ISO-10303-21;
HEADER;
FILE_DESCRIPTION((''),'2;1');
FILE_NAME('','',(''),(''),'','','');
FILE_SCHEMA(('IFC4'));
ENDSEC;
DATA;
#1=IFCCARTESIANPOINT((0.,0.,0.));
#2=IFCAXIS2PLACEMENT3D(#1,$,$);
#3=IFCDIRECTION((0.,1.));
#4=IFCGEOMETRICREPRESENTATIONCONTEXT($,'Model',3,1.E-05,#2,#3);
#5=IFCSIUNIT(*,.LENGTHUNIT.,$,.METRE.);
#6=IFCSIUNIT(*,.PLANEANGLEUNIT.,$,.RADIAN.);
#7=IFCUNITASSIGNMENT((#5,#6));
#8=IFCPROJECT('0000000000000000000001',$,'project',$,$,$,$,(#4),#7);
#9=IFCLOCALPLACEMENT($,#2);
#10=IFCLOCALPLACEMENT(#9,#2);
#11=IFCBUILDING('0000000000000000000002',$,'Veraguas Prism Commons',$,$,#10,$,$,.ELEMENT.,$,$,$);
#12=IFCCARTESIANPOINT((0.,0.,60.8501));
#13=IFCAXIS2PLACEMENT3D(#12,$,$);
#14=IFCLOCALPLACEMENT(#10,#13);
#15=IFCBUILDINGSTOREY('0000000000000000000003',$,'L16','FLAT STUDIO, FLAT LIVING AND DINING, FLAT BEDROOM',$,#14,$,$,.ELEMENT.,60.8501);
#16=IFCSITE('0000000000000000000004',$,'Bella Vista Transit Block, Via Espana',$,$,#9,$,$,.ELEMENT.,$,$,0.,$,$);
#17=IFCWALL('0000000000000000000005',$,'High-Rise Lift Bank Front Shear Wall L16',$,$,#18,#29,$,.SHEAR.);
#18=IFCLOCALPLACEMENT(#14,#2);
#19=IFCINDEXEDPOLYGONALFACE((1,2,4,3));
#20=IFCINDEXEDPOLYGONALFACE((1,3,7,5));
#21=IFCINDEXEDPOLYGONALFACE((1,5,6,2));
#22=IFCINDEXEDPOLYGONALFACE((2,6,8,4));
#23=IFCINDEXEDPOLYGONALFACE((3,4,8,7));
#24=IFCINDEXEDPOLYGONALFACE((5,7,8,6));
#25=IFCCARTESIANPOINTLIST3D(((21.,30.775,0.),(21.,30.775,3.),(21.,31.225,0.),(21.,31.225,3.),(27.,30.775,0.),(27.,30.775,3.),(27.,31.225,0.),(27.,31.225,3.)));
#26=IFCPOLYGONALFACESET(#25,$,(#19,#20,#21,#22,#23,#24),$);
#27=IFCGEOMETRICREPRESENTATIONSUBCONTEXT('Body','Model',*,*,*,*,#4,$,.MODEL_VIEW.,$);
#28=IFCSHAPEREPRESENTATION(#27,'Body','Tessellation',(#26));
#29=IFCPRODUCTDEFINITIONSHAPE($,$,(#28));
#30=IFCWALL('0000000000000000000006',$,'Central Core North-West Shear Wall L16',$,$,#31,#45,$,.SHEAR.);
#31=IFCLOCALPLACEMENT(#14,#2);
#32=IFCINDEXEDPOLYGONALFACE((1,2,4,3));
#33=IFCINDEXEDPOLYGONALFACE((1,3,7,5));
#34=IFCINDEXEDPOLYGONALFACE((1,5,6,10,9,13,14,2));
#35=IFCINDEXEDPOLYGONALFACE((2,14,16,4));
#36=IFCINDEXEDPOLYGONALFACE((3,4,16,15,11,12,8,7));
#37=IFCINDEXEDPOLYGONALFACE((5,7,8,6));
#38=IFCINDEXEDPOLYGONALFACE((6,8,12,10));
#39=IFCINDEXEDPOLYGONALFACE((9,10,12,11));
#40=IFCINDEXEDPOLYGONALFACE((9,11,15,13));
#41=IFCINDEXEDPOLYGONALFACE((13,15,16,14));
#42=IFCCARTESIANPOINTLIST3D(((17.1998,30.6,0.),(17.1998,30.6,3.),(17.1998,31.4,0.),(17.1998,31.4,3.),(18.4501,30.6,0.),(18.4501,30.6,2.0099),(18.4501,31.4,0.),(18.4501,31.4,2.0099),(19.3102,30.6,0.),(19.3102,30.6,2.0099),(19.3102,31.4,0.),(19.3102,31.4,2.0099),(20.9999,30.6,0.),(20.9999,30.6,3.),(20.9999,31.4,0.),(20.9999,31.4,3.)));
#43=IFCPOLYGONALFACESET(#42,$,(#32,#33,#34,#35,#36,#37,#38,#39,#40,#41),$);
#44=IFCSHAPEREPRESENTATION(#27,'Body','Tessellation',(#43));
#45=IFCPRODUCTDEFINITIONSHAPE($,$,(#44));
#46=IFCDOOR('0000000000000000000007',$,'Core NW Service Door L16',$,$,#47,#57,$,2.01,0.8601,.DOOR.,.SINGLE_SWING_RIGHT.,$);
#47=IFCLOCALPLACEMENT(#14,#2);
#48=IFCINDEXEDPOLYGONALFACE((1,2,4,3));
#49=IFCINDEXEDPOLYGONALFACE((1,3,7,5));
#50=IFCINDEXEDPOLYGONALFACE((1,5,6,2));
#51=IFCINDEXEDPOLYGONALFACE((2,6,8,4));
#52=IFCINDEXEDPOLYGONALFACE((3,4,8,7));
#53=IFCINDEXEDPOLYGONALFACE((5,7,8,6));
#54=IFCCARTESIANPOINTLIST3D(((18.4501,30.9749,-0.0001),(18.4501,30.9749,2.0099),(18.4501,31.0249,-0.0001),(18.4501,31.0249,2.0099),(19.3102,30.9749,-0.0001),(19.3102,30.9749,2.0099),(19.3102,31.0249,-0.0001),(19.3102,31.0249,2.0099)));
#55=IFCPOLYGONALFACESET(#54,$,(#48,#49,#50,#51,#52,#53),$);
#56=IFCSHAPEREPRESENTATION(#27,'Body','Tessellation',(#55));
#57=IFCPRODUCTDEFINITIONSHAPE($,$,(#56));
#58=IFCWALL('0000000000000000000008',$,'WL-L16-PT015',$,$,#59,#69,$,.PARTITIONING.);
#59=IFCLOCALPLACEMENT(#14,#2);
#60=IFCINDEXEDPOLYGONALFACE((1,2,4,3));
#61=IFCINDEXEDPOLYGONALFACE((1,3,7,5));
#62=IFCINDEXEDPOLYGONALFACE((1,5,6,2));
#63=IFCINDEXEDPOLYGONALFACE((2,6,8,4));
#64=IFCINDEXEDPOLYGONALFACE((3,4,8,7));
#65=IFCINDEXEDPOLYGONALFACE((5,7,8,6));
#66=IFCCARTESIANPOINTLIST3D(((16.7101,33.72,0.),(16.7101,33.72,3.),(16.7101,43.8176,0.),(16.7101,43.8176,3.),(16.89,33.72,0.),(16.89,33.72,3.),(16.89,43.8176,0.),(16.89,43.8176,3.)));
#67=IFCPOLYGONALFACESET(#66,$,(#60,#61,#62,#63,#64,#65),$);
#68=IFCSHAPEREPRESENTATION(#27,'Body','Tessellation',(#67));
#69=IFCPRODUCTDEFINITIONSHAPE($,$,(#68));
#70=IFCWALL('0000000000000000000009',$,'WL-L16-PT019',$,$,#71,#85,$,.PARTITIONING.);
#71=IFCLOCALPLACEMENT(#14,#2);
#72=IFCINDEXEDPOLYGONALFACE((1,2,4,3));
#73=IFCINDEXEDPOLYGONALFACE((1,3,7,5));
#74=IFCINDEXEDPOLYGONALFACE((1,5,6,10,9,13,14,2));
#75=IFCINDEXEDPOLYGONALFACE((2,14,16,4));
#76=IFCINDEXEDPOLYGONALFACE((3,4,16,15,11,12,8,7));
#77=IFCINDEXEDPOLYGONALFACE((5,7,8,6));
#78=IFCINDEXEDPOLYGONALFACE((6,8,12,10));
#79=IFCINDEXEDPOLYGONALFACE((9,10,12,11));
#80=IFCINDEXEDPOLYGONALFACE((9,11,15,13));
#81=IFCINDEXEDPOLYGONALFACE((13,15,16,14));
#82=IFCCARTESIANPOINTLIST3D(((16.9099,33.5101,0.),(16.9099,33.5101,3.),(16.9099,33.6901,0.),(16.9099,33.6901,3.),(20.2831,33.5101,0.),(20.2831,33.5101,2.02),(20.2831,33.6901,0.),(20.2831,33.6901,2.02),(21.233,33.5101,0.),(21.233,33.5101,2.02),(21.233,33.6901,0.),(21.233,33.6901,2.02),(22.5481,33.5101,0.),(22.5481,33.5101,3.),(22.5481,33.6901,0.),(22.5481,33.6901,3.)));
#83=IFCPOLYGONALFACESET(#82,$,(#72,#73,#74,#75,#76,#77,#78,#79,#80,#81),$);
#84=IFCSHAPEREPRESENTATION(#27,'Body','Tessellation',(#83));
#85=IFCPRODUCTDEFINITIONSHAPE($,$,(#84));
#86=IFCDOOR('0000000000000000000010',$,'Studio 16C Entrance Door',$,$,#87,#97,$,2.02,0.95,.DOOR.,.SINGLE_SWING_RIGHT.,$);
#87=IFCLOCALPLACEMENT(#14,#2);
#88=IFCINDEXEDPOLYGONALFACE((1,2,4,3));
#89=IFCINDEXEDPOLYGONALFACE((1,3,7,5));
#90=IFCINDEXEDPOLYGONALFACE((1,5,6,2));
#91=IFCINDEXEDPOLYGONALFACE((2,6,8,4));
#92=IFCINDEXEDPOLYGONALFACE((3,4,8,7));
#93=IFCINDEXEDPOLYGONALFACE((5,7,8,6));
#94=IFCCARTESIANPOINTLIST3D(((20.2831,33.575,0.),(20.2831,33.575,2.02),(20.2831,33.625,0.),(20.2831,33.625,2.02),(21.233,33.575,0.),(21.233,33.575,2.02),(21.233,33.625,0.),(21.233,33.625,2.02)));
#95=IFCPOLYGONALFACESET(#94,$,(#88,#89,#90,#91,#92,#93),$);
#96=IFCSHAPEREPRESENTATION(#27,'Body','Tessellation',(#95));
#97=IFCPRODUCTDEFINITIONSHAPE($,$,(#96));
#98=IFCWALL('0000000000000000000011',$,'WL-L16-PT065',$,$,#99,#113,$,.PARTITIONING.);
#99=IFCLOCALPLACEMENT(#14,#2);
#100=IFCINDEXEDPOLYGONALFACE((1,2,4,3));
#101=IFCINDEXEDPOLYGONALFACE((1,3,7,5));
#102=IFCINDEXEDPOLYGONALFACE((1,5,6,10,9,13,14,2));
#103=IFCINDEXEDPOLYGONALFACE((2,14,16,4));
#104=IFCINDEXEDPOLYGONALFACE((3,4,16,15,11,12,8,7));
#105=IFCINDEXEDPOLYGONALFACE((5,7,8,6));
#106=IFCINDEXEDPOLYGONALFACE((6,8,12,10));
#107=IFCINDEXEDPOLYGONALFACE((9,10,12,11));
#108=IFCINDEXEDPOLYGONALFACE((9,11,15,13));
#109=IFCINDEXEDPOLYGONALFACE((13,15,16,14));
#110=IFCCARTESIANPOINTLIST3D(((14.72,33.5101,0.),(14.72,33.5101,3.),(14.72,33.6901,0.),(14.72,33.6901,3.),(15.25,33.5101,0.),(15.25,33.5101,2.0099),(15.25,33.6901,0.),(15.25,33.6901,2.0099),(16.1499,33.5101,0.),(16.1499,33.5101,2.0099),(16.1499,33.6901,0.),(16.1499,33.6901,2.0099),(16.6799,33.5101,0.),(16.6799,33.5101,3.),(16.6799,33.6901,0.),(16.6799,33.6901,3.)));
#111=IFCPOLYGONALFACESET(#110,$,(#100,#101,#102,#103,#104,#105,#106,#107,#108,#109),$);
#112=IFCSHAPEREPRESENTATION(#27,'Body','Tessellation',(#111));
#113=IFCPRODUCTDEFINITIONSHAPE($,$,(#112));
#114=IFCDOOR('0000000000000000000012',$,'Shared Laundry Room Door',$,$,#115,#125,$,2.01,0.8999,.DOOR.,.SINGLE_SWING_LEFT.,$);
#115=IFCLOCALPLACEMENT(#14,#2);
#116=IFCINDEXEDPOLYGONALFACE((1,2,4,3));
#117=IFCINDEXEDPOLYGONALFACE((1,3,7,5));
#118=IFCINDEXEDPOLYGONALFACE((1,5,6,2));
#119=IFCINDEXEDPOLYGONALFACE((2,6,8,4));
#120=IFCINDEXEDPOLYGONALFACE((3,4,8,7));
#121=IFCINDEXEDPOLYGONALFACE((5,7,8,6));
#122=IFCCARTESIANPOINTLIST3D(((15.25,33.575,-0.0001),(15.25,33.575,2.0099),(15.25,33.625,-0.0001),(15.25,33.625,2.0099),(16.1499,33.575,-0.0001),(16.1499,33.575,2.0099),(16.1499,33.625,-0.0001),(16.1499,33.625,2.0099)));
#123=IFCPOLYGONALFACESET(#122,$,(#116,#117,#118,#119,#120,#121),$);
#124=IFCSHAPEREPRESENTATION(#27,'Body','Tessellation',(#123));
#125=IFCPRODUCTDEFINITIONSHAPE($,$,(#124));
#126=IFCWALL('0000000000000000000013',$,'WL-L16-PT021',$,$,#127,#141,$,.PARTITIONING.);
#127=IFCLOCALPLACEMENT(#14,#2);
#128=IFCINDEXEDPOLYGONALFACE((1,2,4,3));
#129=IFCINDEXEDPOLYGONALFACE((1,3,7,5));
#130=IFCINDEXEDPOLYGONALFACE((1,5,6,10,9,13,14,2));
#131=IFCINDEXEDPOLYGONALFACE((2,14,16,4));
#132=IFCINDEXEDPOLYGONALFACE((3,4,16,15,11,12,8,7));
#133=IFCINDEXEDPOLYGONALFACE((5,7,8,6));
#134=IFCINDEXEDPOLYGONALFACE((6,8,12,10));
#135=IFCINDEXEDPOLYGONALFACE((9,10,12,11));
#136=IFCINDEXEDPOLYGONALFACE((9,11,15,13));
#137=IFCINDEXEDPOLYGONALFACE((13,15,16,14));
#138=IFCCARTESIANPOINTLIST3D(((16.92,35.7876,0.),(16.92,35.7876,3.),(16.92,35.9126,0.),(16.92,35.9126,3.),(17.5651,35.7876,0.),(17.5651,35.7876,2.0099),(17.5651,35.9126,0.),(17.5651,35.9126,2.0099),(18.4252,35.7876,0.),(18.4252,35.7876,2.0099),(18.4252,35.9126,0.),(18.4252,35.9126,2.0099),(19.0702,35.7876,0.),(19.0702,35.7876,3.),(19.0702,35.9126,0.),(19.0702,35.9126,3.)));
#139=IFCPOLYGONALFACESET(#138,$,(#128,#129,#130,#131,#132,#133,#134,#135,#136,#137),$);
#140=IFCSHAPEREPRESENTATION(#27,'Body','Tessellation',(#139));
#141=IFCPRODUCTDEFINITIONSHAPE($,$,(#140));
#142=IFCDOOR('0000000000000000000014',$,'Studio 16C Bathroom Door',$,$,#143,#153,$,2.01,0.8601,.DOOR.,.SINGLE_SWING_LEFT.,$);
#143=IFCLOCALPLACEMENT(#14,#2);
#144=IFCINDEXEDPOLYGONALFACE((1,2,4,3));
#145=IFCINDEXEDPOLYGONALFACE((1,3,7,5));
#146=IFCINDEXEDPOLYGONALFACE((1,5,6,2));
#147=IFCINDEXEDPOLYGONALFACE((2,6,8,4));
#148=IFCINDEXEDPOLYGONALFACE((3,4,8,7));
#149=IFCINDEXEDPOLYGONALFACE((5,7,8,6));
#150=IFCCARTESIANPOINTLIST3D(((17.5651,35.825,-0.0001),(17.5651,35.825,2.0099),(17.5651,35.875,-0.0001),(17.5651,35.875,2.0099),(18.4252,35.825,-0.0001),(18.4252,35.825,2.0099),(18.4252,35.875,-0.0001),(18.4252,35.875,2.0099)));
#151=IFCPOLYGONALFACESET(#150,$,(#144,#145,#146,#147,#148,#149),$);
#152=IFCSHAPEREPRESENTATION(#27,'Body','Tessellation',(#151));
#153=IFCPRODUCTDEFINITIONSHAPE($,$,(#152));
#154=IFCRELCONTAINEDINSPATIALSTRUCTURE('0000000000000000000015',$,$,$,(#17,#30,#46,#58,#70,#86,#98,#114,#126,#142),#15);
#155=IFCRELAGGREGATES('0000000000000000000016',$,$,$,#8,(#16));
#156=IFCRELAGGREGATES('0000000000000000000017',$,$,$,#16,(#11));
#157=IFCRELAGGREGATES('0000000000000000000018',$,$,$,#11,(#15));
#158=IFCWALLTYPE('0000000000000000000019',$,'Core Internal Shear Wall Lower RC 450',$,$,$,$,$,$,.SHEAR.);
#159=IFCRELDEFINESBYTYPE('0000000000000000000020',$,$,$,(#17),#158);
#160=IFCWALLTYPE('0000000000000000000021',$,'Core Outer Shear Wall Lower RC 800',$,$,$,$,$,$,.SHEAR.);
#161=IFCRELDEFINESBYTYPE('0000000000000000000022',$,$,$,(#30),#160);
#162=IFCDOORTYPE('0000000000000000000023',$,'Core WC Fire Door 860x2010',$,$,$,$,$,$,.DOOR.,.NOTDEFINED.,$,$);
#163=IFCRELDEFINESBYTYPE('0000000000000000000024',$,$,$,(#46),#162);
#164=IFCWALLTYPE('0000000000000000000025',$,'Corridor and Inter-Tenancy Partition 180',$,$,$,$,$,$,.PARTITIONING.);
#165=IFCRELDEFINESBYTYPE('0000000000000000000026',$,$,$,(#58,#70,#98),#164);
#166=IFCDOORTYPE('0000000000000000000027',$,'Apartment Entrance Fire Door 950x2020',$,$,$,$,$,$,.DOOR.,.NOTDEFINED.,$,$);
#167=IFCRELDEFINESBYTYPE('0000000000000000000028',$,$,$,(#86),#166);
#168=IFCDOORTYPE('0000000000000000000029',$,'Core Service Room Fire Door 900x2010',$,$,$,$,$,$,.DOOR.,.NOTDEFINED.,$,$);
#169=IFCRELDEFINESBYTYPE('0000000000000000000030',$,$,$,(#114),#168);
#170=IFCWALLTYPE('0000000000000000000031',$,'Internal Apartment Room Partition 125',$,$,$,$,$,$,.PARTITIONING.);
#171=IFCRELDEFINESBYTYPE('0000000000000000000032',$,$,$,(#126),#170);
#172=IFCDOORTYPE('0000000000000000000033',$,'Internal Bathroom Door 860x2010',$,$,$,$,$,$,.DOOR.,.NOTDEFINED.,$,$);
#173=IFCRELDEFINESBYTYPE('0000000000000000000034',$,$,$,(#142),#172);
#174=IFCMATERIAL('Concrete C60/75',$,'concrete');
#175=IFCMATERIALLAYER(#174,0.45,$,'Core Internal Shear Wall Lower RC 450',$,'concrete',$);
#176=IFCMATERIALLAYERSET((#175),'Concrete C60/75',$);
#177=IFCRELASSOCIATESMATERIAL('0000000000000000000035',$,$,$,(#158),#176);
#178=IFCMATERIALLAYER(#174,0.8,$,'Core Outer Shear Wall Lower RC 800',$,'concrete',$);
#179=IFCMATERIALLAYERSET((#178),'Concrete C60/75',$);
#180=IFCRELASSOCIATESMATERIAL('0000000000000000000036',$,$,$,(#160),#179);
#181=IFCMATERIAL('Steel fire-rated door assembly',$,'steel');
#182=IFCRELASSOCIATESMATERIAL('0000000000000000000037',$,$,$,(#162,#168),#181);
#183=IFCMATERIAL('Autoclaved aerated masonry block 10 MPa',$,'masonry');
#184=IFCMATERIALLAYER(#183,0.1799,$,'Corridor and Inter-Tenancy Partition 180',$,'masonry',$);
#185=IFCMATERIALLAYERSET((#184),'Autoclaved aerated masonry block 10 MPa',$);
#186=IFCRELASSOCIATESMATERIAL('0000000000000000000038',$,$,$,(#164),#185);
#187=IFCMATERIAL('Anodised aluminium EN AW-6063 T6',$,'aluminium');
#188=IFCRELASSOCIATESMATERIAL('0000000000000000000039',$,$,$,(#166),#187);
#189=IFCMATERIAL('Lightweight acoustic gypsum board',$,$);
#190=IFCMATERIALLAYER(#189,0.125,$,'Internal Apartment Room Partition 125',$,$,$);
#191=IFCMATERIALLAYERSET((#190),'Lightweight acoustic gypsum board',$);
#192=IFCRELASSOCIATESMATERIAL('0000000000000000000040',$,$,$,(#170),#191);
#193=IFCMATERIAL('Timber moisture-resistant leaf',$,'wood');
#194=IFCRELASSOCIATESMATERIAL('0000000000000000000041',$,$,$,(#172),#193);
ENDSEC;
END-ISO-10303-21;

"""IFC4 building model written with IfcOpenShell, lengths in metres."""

from ifc_helpers import new_model, si_unit, direction, frame, frame_2d, origin, place, context, subcontext, project, spatial, rectangle, extrude, source, transform, mapped, material, layer, layer_set, type_object, element, fill, save


model = new_model("IFC4")

# Units and contexts
model_context = context("Model", 3, precision=1e-05, world=origin(), true_north=direction((0.0, 1.0)))
body_context = subcontext(model_context, "Body", "Model", "MODEL_VIEW")
ifc_project = project(units=[si_unit("LENGTHUNIT", "METRE"), si_unit("PLANEANGLEUNIT", "RADIAN")], contexts=[model_context])

# Site, building, storey
site_placement = place(None, origin())
site = spatial("IfcSite", under=ifc_project, at=site_placement, Name="Bella Vista Transit Block, Via Espana", CompositionType="ELEMENT", RefElevation=0.0)
building_placement = place(site_placement, origin())
building = spatial("IfcBuilding", under=site, at=building_placement, Name="Veraguas Prism Commons", CompositionType="ELEMENT")
storey_placement = place(building_placement, frame((0.0, 0.0, 60.8501)))
storey = spatial("IfcBuildingStorey", under=building, at=storey_placement, Name="L16", Description="FLAT STUDIO, FLAT LIVING AND DINING, FLAT BEDROOM", CompositionType="ELEMENT", Elevation=60.8501)

# Shared definitions
ifc_material_1 = material(Name="Concrete C60/75", Category="concrete")

# Shared definitions
ifc_material_2 = material(Name="Anodised aluminium EN AW-6063 T6", Category="aluminium")

# Wall
ifc_layer_1 = layer(ifc_material_1, 0.45, Name="Core Internal Shear Wall Lower RC 450", Category="concrete")
ifc_layer_set_1 = layer_set([ifc_layer_1], Name="Concrete C60/75")
wall_type_1 = type_object("IfcWallType", Name="Core Internal Shear Wall Lower RC 450", PredefinedType="SHEAR", material=ifc_layer_set_1)
wall_1_placement = place(storey_placement, frame((21.0, 31.0, 0.0), z_axis=(0.0, 0.0, 1.0), x_axis=(1.0, 0.0, 0.0)))
element("IfcWall", 1, at=wall_1_placement, inside=storey, type_object=wall_type_1, Name="High-Rise Lift Bank Front Shear Wall L16", PredefinedType="SHEAR", context=body_context, shape_type="SweptSolid", body=[
    extrude(rectangle(XDim=6.0, YDim=0.45, at=frame_2d((3.0, 0.0))), origin(), (0.0, 0.0, 1.0), 3.0),
])

# Wall, opening, door
ifc_layer_2 = layer(ifc_material_1, 0.8, Name="Core Outer Shear Wall Lower RC 800", Category="concrete")
ifc_layer_set_2 = layer_set([ifc_layer_2], Name="Concrete C60/75")
wall_type_2 = type_object("IfcWallType", Name="Core Outer Shear Wall Lower RC 800", PredefinedType="SHEAR", material=ifc_layer_set_2)
wall_2_placement = place(storey_placement, frame((17.2, 31.0, 0.0), z_axis=(0.0, 0.0, 1.0), x_axis=(1.0, 0.0, 0.0)))
wall_2 = element("IfcWall", 2, at=wall_2_placement, inside=storey, type_object=wall_type_2, Name="Central Core North-West Shear Wall L16", PredefinedType="SHEAR", context=body_context, shape_type="SweptSolid", body=[
    extrude(rectangle(XDim=3.8, YDim=0.8, at=frame_2d((1.8999, 0.0))), origin(), (0.0, 0.0, 1.0), 3.0),
])
opening_1_placement = place(wall_2_placement, frame((1.25, 0.0, 0.0)))
opening_1 = element("IfcOpeningElement", 3, at=opening_1_placement, cuts=wall_2, PredefinedType="OPENING", context=body_context, shape_type="SweptSolid", body=[
    extrude(rectangle(XDim=0.8601, YDim=2.01, at=frame_2d((0.4302, 1.0049))), frame((0.0, 0.4099, 0.0), z_axis=(0.0, -1.0, 0.0), x_axis=(1.0, 0.0, 0.0)), (0.0, 0.0, 1.0), 0.8201),
])
ifc_material_3 = material(Name="Steel fire-rated door assembly", Category="steel")
door_type_1 = type_object("IfcDoorType", Name="Core WC Fire Door 860x2010", OperationType="NOTDEFINED", PredefinedType="DOOR", material=ifc_material_3)
shared_shape_1 = source(origin(), body_context, "Body", "SweptSolid", [
    extrude(rectangle(XDim=0.8601, YDim=2.01, at=frame_2d((0.4302, 1.0049))), frame((0.0, 0.0249, 0.0), z_axis=(0.0, -1.0, 0.0), x_axis=(1.0, 0.0, 0.0)), (0.0, 0.0, 1.0), 0.05),
])
door_1_placement = place(opening_1_placement, origin())
door_1 = element("IfcDoor", 4, at=door_1_placement, inside=storey, type_object=door_type_1, Name="Core NW Service Door L16", OperationType="SINGLE_SWING_RIGHT", OverallHeight=2.01, OverallWidth=0.8601, PredefinedType="DOOR", context=body_context, shape_type="MappedRepresentation", body=[
    mapped(shared_shape_1, transform((0.0, 0.0, 0.0), scale=1.0)),
])
fill(opening_1, door_1)

# Wall
ifc_material_4 = material(Name="Autoclaved aerated masonry block 10 MPa", Category="masonry")
ifc_layer_3 = layer(ifc_material_4, 0.1799, Name="Corridor and Inter-Tenancy Partition 180", Category="masonry")
ifc_layer_set_3 = layer_set([ifc_layer_3], Name="Autoclaved aerated masonry block 10 MPa")
wall_type_3 = type_object("IfcWallType", Name="Corridor and Inter-Tenancy Partition 180", PredefinedType="PARTITIONING", material=ifc_layer_set_3)
wall_3_placement = place(storey_placement, frame((16.8, 33.72, 0.0), z_axis=(0.0, 0.0, 1.0), x_axis=(0.0, 1.0, 0.0)))
element("IfcWall", 5, at=wall_3_placement, inside=storey, type_object=wall_type_3, Name="WL-L16-PT015", PredefinedType="PARTITIONING", context=body_context, shape_type="SweptSolid", body=[
    extrude(rectangle(XDim=10.0977, YDim=0.1799, at=frame_2d((5.0488, 0.0))), origin(), (0.0, 0.0, 1.0), 3.0),
])

# Walls, openings, doors
wall_4_placement = place(storey_placement, frame((16.9099, 33.6001, 0.0), z_axis=(0.0, 0.0, 1.0), x_axis=(1.0, 0.0, 0.0)))
wall_4 = element("IfcWall", 6, at=wall_4_placement, inside=storey, type_object=wall_type_3, Name="WL-L16-PT019", PredefinedType="PARTITIONING", context=body_context, shape_type="SweptSolid", body=[
    extrude(rectangle(XDim=5.6382, YDim=0.1799, at=frame_2d((2.8191, 0.0))), origin(), (0.0, 0.0, 1.0), 3.0),
])
opening_2_placement = place(wall_4_placement, frame((3.373, 0.0, 0.0)))
opening_2 = element("IfcOpeningElement", 7, at=opening_2_placement, cuts=wall_4, PredefinedType="OPENING", context=body_context, shape_type="SweptSolid", body=[
    extrude(rectangle(XDim=0.95, YDim=2.02, at=frame_2d((0.4751, 1.01))), frame((0.0, 0.0999, 0.0), z_axis=(0.0, -1.0, 0.0), x_axis=(1.0, 0.0, 0.0)), (0.0, 0.0, 1.0), 0.2),
])
door_type_2 = type_object("IfcDoorType", Name="Apartment Entrance Fire Door 950x2020", OperationType="NOTDEFINED", PredefinedType="DOOR", material=ifc_material_2)
shared_shape_2 = source(origin(), body_context, "Body", "SweptSolid", [
    extrude(rectangle(XDim=0.95, YDim=2.02, at=frame_2d((0.4751, 1.01))), frame((0.0, 0.0249, 0.0), z_axis=(0.0, -1.0, 0.0), x_axis=(1.0, 0.0, 0.0)), (0.0, 0.0, 1.0), 0.05),
])
door_2_placement = place(opening_2_placement, origin())
door_2 = element("IfcDoor", 8, at=door_2_placement, inside=storey, type_object=door_type_2, Name="Studio 16C Entrance Door", OperationType="SINGLE_SWING_RIGHT", OverallHeight=2.02, OverallWidth=0.95, PredefinedType="DOOR", context=body_context, shape_type="MappedRepresentation", body=[
    mapped(shared_shape_2, transform((0.0, 0.0, 0.0), scale=1.0)),
])
fill(opening_2, door_2)
wall_5_placement = place(storey_placement, frame((14.72, 33.6001, 0.0), z_axis=(0.0, 0.0, 1.0), x_axis=(1.0, 0.0, 0.0)))
wall_5 = element("IfcWall", 9, at=wall_5_placement, inside=storey, type_object=wall_type_3, Name="WL-L16-PT065", PredefinedType="PARTITIONING", context=body_context, shape_type="SweptSolid", body=[
    extrude(rectangle(XDim=1.96, YDim=0.1799, at=frame_2d((0.98, 0.0))), origin(), (0.0, 0.0, 1.0), 3.0),
])
opening_3_placement = place(wall_5_placement, frame((0.53, 0.0, 0.0)))
opening_3 = element("IfcOpeningElement", 10, at=opening_3_placement, cuts=wall_5, PredefinedType="OPENING", context=body_context, shape_type="SweptSolid", body=[
    extrude(rectangle(XDim=0.8999, YDim=2.01, at=frame_2d((0.45, 1.0049))), frame((0.0, 0.0999, 0.0), z_axis=(0.0, -1.0, 0.0), x_axis=(1.0, 0.0, 0.0)), (0.0, 0.0, 1.0), 0.2),
])
door_type_3 = type_object("IfcDoorType", Name="Core Service Room Fire Door 900x2010", OperationType="NOTDEFINED", PredefinedType="DOOR", material=ifc_material_3)
shared_shape_3 = source(origin(), body_context, "Body", "SweptSolid", [
    extrude(rectangle(XDim=0.8999, YDim=2.01, at=frame_2d((0.45, 1.0049))), frame((0.0, 0.0249, 0.0), z_axis=(0.0, -1.0, 0.0), x_axis=(1.0, 0.0, 0.0)), (0.0, 0.0, 1.0), 0.05),
])
door_3_placement = place(opening_3_placement, origin())
door_3 = element("IfcDoor", 11, at=door_3_placement, inside=storey, type_object=door_type_3, Name="Shared Laundry Room Door", OperationType="SINGLE_SWING_LEFT", OverallHeight=2.01, OverallWidth=0.8999, PredefinedType="DOOR", context=body_context, shape_type="MappedRepresentation", body=[
    mapped(shared_shape_3, transform((0.0, 0.0, 0.0), scale=1.0)),
])
fill(opening_3, door_3)
ifc_material_5 = material(Name="Lightweight acoustic gypsum board")
ifc_layer_4 = layer(ifc_material_5, 0.125, Name="Internal Apartment Room Partition 125")
ifc_layer_set_4 = layer_set([ifc_layer_4], Name="Lightweight acoustic gypsum board")
wall_type_4 = type_object("IfcWallType", Name="Internal Apartment Room Partition 125", PredefinedType="PARTITIONING", material=ifc_layer_set_4)
wall_6_placement = place(storey_placement, frame((16.9199, 35.8501, 0.0), z_axis=(0.0, 0.0, 1.0), x_axis=(1.0, 0.0, 0.0)))
wall_6 = element("IfcWall", 12, at=wall_6_placement, inside=storey, type_object=wall_type_4, Name="WL-L16-PT021", PredefinedType="PARTITIONING", context=body_context, shape_type="SweptSolid", body=[
    extrude(rectangle(XDim=2.1501, YDim=0.125, at=frame_2d((1.0752, 0.0))), origin(), (0.0, 0.0, 1.0), 3.0),
])
opening_4_placement = place(wall_6_placement, frame((0.645, 0.0, 0.0)))
opening_4 = element("IfcOpeningElement", 13, at=opening_4_placement, cuts=wall_6, PredefinedType="OPENING", context=body_context, shape_type="SweptSolid", body=[
    extrude(rectangle(XDim=0.8601, YDim=2.01, at=frame_2d((0.4302, 1.0049))), frame((0.0, 0.0725, 0.0), z_axis=(0.0, -1.0, 0.0), x_axis=(1.0, 0.0, 0.0)), (0.0, 0.0, 1.0), 0.145),
])
ifc_material_6 = material(Name="Timber moisture-resistant leaf", Category="wood")
door_type_4 = type_object("IfcDoorType", Name="Internal Bathroom Door 860x2010", OperationType="NOTDEFINED", PredefinedType="DOOR", material=ifc_material_6)
door_4_placement = place(opening_4_placement, origin())
door_4 = element("IfcDoor", 14, at=door_4_placement, inside=storey, type_object=door_type_4, Name="Studio 16C Bathroom Door", OperationType="SINGLE_SWING_LEFT", OverallHeight=2.01, OverallWidth=0.8601, PredefinedType="DOOR", context=body_context, shape_type="MappedRepresentation", body=[
    mapped(shared_shape_1, transform((0.0, 0.0, 0.0), scale=1.0)),
])
fill(opening_4, door_4)

save(model, "model.ifc")
